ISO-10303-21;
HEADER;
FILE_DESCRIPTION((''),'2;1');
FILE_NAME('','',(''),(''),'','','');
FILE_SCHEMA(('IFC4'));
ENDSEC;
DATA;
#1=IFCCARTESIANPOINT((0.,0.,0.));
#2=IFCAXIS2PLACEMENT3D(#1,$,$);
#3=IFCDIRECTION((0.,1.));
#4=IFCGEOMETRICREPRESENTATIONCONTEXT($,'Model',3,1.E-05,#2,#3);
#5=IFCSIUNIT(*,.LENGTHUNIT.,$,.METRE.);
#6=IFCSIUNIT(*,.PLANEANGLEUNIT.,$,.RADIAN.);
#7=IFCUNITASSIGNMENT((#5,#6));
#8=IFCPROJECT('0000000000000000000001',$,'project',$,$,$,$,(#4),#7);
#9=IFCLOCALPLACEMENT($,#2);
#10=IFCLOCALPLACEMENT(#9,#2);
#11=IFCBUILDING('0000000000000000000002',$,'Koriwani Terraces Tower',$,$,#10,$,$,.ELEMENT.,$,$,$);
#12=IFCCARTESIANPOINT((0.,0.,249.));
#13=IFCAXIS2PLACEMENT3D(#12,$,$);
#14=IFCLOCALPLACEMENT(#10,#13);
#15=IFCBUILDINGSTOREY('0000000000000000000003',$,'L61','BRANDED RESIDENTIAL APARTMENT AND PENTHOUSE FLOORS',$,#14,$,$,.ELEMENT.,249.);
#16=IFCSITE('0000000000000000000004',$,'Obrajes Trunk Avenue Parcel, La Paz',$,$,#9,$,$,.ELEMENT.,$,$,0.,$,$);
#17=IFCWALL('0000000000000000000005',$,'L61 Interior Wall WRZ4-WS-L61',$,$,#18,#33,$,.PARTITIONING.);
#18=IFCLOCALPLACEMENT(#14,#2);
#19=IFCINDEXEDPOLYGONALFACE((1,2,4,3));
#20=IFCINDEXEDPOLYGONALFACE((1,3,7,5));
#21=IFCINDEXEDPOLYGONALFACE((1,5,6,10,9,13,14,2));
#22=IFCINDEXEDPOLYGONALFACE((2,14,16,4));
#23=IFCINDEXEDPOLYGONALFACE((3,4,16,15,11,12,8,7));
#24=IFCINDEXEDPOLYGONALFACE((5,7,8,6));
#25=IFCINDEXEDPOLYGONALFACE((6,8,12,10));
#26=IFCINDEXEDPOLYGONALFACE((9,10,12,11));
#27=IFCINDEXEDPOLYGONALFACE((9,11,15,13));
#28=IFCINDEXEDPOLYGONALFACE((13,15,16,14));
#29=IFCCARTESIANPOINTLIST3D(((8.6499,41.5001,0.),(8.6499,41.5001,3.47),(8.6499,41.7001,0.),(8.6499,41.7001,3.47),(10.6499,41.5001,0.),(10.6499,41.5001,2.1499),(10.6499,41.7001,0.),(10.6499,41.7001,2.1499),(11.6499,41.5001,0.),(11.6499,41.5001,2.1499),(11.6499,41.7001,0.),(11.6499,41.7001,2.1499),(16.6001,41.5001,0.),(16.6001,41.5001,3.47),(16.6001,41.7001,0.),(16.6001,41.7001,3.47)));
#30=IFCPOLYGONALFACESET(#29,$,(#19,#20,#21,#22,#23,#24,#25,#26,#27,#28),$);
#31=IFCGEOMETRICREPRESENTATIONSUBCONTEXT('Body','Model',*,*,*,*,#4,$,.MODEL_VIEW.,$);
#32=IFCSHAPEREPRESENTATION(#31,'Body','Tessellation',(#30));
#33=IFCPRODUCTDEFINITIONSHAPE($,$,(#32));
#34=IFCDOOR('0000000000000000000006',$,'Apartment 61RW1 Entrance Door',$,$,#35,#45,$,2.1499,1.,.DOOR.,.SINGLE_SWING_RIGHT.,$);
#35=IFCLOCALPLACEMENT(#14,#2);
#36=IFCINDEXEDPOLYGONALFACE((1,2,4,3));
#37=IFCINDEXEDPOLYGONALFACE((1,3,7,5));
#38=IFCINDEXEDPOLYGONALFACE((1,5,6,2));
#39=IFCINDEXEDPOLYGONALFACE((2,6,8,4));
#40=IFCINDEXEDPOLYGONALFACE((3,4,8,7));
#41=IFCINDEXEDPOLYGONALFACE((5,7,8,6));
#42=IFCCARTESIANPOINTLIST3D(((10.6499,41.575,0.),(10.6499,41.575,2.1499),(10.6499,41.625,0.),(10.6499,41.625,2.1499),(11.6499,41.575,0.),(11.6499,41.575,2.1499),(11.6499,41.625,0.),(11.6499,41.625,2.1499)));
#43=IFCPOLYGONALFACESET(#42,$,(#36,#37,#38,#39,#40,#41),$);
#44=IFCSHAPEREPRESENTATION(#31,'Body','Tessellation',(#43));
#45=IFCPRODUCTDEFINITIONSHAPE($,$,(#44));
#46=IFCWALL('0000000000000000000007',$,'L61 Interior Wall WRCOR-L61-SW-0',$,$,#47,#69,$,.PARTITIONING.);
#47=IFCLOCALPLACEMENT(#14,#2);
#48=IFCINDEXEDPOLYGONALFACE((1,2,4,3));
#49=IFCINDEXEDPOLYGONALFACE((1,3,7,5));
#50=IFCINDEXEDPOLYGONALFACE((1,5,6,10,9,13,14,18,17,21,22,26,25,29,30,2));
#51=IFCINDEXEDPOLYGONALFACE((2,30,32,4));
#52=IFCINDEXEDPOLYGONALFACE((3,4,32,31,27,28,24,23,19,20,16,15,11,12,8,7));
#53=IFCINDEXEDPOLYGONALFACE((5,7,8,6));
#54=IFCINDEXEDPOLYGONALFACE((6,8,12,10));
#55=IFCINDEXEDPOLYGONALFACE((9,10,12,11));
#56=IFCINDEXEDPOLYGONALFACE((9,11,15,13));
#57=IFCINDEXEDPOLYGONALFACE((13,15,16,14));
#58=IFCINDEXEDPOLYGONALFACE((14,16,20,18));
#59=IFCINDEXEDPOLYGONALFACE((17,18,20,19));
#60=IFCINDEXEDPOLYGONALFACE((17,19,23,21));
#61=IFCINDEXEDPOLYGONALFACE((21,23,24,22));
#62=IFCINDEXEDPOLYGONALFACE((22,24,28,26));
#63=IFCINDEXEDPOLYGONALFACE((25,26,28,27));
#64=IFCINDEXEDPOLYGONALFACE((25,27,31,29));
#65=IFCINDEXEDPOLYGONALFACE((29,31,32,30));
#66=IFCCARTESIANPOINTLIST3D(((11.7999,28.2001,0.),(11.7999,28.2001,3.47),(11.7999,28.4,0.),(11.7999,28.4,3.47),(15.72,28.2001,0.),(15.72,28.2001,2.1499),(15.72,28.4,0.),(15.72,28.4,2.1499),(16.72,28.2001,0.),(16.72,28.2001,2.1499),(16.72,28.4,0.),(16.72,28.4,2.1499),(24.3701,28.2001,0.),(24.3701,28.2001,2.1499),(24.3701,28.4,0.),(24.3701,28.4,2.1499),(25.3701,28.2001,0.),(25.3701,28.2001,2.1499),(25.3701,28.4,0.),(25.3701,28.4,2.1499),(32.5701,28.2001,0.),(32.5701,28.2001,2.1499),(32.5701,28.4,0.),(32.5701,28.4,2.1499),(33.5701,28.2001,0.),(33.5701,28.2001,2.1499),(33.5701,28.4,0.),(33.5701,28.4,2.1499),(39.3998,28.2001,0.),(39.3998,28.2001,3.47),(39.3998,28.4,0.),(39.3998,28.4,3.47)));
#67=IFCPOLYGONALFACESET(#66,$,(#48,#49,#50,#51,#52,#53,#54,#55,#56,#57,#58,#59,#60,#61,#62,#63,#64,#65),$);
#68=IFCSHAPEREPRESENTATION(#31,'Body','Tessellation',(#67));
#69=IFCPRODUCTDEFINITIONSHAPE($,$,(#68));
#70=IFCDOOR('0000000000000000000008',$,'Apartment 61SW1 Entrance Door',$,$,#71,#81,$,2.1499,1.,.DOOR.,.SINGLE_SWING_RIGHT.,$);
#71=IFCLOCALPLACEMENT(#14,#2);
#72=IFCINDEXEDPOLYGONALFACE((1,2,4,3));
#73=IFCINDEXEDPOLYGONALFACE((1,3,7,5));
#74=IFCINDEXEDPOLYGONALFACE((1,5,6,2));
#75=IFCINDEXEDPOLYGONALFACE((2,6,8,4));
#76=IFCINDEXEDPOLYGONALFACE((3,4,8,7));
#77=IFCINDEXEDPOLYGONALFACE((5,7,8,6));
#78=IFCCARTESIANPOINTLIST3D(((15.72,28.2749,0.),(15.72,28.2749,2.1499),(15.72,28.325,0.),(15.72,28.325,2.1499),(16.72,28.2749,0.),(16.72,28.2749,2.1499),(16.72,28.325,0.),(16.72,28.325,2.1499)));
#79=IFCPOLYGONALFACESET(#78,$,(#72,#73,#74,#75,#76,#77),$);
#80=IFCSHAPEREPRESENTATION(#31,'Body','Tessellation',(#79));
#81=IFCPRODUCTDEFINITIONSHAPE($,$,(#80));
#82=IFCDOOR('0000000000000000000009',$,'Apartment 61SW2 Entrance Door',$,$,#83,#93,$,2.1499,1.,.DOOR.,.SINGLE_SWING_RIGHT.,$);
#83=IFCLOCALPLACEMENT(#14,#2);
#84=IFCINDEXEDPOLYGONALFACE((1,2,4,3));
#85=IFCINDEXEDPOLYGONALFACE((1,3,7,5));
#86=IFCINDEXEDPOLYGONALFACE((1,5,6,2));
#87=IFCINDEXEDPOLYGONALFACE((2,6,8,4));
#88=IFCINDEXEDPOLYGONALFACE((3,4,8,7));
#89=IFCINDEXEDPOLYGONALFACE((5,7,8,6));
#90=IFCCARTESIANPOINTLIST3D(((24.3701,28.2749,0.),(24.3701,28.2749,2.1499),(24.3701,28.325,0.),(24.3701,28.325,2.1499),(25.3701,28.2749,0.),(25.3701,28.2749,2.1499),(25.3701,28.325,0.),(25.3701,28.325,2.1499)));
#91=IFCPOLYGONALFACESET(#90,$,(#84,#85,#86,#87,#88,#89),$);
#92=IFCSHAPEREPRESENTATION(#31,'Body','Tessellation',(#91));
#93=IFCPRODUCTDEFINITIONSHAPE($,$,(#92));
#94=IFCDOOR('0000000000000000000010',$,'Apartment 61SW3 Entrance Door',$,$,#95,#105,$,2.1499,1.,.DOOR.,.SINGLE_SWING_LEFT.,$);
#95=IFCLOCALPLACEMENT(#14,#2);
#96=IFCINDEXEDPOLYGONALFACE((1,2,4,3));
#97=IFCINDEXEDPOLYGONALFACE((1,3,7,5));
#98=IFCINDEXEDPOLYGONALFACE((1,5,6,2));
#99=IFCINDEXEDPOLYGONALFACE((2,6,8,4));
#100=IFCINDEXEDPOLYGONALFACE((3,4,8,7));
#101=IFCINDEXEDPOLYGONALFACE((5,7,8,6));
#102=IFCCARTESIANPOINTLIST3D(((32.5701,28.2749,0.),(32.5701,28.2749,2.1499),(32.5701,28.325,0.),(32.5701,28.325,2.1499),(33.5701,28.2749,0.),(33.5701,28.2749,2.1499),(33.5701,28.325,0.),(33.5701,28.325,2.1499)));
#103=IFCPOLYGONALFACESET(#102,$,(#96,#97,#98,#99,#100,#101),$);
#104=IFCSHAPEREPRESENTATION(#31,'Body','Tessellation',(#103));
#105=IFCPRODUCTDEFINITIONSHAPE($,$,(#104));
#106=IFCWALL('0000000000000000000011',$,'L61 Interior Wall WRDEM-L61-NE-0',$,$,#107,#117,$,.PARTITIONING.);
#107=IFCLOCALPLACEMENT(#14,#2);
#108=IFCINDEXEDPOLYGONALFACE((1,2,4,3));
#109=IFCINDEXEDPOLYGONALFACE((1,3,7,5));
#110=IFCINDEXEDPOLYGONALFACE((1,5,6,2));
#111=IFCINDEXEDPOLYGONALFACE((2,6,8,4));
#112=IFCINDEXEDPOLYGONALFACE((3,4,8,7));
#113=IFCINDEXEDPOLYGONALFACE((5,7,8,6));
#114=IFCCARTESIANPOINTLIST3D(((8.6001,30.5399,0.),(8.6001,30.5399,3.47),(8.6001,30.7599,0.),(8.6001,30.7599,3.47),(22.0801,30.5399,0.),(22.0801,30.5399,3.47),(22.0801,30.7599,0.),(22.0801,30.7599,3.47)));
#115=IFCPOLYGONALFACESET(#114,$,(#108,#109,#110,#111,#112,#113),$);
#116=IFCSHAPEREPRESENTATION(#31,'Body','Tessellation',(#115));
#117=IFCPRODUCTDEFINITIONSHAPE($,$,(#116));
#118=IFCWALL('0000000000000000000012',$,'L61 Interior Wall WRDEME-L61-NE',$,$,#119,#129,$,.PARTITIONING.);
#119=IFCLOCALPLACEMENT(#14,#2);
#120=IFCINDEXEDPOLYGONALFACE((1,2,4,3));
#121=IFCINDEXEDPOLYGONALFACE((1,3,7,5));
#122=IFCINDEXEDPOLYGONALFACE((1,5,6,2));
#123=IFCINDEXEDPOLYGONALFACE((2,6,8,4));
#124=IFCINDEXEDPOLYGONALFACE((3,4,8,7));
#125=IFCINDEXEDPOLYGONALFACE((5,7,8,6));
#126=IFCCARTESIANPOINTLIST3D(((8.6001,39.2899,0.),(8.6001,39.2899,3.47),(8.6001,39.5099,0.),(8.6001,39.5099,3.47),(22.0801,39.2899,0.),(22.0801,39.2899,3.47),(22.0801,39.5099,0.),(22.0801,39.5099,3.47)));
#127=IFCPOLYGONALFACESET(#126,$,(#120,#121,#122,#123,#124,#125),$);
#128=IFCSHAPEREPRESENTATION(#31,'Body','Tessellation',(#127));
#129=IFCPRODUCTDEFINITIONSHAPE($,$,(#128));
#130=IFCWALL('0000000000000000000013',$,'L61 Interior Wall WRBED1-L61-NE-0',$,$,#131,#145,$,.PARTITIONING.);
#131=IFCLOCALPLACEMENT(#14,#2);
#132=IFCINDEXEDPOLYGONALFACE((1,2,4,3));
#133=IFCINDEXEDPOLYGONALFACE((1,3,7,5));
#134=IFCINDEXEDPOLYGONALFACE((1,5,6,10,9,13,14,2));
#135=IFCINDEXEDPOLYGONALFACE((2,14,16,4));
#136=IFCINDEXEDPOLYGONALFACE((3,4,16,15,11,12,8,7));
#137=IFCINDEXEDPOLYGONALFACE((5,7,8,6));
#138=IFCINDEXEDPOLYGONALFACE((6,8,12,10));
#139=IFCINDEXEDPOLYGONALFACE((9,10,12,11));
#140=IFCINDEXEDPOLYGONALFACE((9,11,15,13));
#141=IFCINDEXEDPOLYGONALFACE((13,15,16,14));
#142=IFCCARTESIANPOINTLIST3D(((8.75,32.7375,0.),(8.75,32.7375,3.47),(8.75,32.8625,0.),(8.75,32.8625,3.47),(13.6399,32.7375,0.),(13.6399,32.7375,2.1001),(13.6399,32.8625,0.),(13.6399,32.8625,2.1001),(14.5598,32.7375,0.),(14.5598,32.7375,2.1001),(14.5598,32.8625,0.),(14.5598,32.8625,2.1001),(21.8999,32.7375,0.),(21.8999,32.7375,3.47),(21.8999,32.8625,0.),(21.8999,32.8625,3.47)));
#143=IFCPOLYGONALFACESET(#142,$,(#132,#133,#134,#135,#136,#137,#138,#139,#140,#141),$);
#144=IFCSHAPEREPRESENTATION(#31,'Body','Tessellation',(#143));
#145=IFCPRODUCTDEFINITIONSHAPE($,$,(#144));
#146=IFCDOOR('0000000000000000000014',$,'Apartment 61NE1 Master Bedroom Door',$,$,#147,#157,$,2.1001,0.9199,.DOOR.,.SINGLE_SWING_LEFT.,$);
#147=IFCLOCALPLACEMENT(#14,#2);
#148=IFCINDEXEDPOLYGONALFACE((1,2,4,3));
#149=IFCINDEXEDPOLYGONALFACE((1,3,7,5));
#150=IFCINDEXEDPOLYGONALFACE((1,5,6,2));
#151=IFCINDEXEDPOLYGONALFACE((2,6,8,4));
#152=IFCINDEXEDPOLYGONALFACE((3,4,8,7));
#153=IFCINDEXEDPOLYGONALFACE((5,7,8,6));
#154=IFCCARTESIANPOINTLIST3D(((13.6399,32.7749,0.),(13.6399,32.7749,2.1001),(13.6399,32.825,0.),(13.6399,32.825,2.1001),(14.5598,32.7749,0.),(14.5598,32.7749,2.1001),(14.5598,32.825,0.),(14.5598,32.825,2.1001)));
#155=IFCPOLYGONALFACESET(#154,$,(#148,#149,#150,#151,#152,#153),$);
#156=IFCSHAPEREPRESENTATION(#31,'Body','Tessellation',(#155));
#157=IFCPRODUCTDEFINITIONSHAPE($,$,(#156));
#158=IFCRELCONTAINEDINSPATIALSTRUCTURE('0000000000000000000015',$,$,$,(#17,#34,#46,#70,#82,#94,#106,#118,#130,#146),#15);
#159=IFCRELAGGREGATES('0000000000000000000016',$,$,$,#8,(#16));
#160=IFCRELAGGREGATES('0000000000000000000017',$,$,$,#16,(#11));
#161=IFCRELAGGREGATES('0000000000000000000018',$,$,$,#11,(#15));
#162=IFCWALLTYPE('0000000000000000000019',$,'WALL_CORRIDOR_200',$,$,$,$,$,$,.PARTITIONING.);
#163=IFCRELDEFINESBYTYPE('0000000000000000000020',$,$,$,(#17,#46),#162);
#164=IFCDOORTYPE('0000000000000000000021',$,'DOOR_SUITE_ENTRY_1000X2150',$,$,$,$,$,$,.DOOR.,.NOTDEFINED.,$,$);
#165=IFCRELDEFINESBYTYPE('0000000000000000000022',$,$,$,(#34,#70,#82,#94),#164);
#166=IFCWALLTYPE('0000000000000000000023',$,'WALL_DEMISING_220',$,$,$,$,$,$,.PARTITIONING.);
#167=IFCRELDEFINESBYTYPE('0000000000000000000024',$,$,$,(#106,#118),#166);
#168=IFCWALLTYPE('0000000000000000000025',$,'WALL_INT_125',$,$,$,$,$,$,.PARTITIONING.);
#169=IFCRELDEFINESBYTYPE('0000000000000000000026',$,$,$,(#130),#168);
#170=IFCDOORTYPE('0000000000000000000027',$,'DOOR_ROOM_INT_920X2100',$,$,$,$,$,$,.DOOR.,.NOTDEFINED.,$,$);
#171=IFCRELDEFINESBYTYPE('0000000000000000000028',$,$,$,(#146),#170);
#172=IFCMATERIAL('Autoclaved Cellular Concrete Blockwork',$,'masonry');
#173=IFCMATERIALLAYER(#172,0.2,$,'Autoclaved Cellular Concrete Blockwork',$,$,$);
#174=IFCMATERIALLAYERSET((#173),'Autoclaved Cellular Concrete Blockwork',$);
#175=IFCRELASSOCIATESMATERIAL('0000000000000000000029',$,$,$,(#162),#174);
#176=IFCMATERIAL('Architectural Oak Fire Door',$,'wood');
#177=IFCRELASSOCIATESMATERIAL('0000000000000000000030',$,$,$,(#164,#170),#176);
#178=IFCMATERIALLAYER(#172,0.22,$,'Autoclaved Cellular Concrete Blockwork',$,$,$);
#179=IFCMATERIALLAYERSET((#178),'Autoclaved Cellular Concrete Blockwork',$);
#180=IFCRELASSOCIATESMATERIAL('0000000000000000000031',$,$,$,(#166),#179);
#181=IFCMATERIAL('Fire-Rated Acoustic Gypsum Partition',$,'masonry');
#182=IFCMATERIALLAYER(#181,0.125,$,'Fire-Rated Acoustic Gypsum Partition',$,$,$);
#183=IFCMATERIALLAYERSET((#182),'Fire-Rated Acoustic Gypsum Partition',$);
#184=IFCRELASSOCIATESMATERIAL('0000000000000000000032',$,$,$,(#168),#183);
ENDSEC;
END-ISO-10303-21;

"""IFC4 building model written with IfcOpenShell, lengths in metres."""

from ifc_helpers import new_model, si_unit, direction, frame, frame_2d, origin, place, context, subcontext, project, spatial, rectangle, extrude, material, layer, layer_set, type_object, element, fill, save


model = new_model("IFC4")

# Units and contexts
model_context = context("Model", 3, precision=1e-05, world=origin(), true_north=direction((0.0, 1.0)))
body_context = subcontext(model_context, "Body", "Model", "MODEL_VIEW")
ifc_project = project(units=[si_unit("LENGTHUNIT", "METRE"), si_unit("PLANEANGLEUNIT", "RADIAN")], contexts=[model_context])

# Site, building, storey
site_placement = place(None, origin())
site = spatial("IfcSite", under=ifc_project, at=site_placement, Name="Obrajes Trunk Avenue Parcel, La Paz", CompositionType="ELEMENT", RefElevation=0.0)
building_placement = place(site_placement, origin())
building = spatial("IfcBuilding", under=site, at=building_placement, Name="Koriwani Terraces Tower", CompositionType="ELEMENT")
storey_placement = place(building_placement, frame((0.0, 0.0, 249.0)))
storey = spatial("IfcBuildingStorey", under=building, at=storey_placement, Name="L61", Description="BRANDED RESIDENTIAL APARTMENT AND PENTHOUSE FLOORS", CompositionType="ELEMENT", Elevation=249.0)

# Wall, opening, door
ifc_material_1 = material(Name="Autoclaved Cellular Concrete Blockwork", Category="masonry")
ifc_layer_1 = layer(ifc_material_1, 0.2, Name="Autoclaved Cellular Concrete Blockwork")
ifc_layer_set_1 = layer_set([ifc_layer_1], Name="Autoclaved Cellular Concrete Blockwork")
wall_type_1 = type_object("IfcWallType", Name="WALL_CORRIDOR_200", PredefinedType="PARTITIONING", material=ifc_layer_set_1)
wall_1_placement = place(storey_placement, frame((8.6499, 41.6001, 0.0), z_axis=(0.0, 0.0, 1.0), x_axis=(1.0, 0.0, 0.0)))
wall_1 = element("IfcWall", 1, at=wall_1_placement, inside=storey, type_object=wall_type_1, Name="L61 Interior Wall WRZ4-WS-L61", PredefinedType="PARTITIONING", context=body_context, shape_type="SweptSolid", body=[
    extrude(rectangle(XDim=7.9502, YDim=0.2, at=frame_2d((3.9751, 0.0))), origin(), (0.0, 0.0, 1.0), 3.47),
])
opening_1_placement = place(wall_1_placement, frame((2.0, 0.0, 0.0)))
opening_1 = element("IfcOpeningElement", 2, at=opening_1_placement, cuts=wall_1, PredefinedType="OPENING", context=body_context, shape_type="SweptSolid", body=[
    extrude(rectangle(XDim=1.0, YDim=2.1499, at=frame_2d((0.5, 1.075))), frame((0.0, 0.1099, 0.0), z_axis=(0.0, -1.0, 0.0), x_axis=(1.0, 0.0, 0.0)), (0.0, 0.0, 1.0), 0.22),
])
ifc_material_2 = material(Name="Architectural Oak Fire Door", Category="wood")
door_type_1 = type_object("IfcDoorType", Name="DOOR_SUITE_ENTRY_1000X2150", OperationType="NOTDEFINED", PredefinedType="DOOR", material=ifc_material_2)
door_1_placement = place(opening_1_placement, origin())
door_1 = element("IfcDoor", 3, at=door_1_placement, inside=storey, type_object=door_type_1, Name="Apartment 61RW1 Entrance Door", OperationType="SINGLE_SWING_RIGHT", OverallHeight=2.1499, OverallWidth=1.0, PredefinedType="DOOR", context=body_context, shape_type="SweptSolid", body=[
    extrude(rectangle(XDim=1.0, YDim=2.1499, at=frame_2d((0.5, 1.075))), frame((0.0, 0.0249, 0.0), z_axis=(0.0, -1.0, 0.0), x_axis=(1.0, 0.0, 0.0)), (0.0, 0.0, 1.0), 0.05),
])
fill(opening_1, door_1)

# Wall, openings, doors
wall_2_placement = place(storey_placement, frame((11.8, 28.3, 0.0), z_axis=(0.0, 0.0, 1.0), x_axis=(1.0, 0.0, 0.0)))
wall_2 = element("IfcWall", 4, at=wall_2_placement, inside=storey, type_object=wall_type_1, Name="L61 Interior Wall WRCOR-L61-SW-0", PredefinedType="PARTITIONING", context=body_context, shape_type="SweptSolid", body=[
    extrude(rectangle(XDim=27.5999, YDim=0.2, at=frame_2d((13.7998, 0.0))), origin(), (0.0, 0.0, 1.0), 3.47),
])
opening_2_placement = place(wall_2_placement, frame((3.9199, 0.0, 0.0)))
opening_2 = element("IfcOpeningElement", 5, at=opening_2_placement, cuts=wall_2, PredefinedType="OPENING", context=body_context, shape_type="SweptSolid", body=[
    extrude(rectangle(XDim=1.0, YDim=2.1499, at=frame_2d((0.5, 1.075))), frame((0.0, 0.1099, 0.0), z_axis=(0.0, -1.0, 0.0), x_axis=(1.0, 0.0, 0.0)), (0.0, 0.0, 1.0), 0.22),
])
opening_3_placement = place(wall_2_placement, frame((12.5701, 0.0, 0.0)))
opening_3 = element("IfcOpeningElement", 6, at=opening_3_placement, cuts=wall_2, PredefinedType="OPENING", context=body_context, shape_type="SweptSolid", body=[
    extrude(rectangle(XDim=1.0, YDim=2.1499, at=frame_2d((0.5, 1.075))), frame((0.0, 0.1099, 0.0), z_axis=(0.0, -1.0, 0.0), x_axis=(1.0, 0.0, 0.0)), (0.0, 0.0, 1.0), 0.22),
])
opening_4_placement = place(wall_2_placement, frame((20.77, 0.0, 0.0)))
opening_4 = element("IfcOpeningElement", 7, at=opening_4_placement, cuts=wall_2, PredefinedType="OPENING", context=body_context, shape_type="SweptSolid", body=[
    extrude(rectangle(XDim=1.0, YDim=2.1499, at=frame_2d((0.5, 1.075))), frame((0.0, 0.1099, 0.0), z_axis=(0.0, -1.0, 0.0), x_axis=(1.0, 0.0, 0.0)), (0.0, 0.0, 1.0), 0.22),
])
door_2_placement = place(opening_2_placement, origin())
door_2 = element("IfcDoor", 8, at=door_2_placement, inside=storey, type_object=door_type_1, Name="Apartment 61SW1 Entrance Door", OperationType="SINGLE_SWING_RIGHT", OverallHeight=2.1499, OverallWidth=1.0, PredefinedType="DOOR", context=body_context, shape_type="SweptSolid", body=[
    extrude(rectangle(XDim=1.0, YDim=2.1499, at=frame_2d((0.5, 1.075))), frame((0.0, 0.0249, 0.0), z_axis=(0.0, -1.0, 0.0), x_axis=(1.0, 0.0, 0.0)), (0.0, 0.0, 1.0), 0.05),
])
fill(opening_2, door_2)
door_3_placement = place(opening_3_placement, origin())
door_3 = element("IfcDoor", 9, at=door_3_placement, inside=storey, type_object=door_type_1, Name="Apartment 61SW2 Entrance Door", OperationType="SINGLE_SWING_RIGHT", OverallHeight=2.1499, OverallWidth=1.0, PredefinedType="DOOR", context=body_context, shape_type="SweptSolid", body=[
    extrude(rectangle(XDim=1.0, YDim=2.1499, at=frame_2d((0.5, 1.075))), frame((0.0, 0.0249, 0.0), z_axis=(0.0, -1.0, 0.0), x_axis=(1.0, 0.0, 0.0)), (0.0, 0.0, 1.0), 0.05),
])
fill(opening_3, door_3)
door_4_placement = place(opening_4_placement, origin())
door_4 = element("IfcDoor", 10, at=door_4_placement, inside=storey, type_object=door_type_1, Name="Apartment 61SW3 Entrance Door", OperationType="SINGLE_SWING_LEFT", OverallHeight=2.1499, OverallWidth=1.0, PredefinedType="DOOR", context=body_context, shape_type="SweptSolid", body=[
    extrude(rectangle(XDim=1.0, YDim=2.1499, at=frame_2d((0.5, 1.075))), frame((0.0, 0.0249, 0.0), z_axis=(0.0, -1.0, 0.0), x_axis=(1.0, 0.0, 0.0)), (0.0, 0.0, 1.0), 0.05),
])
fill(opening_4, door_4)

# Walls
ifc_layer_2 = layer(ifc_material_1, 0.22, Name="Autoclaved Cellular Concrete Blockwork")
ifc_layer_set_2 = layer_set([ifc_layer_2], Name="Autoclaved Cellular Concrete Blockwork")
wall_type_2 = type_object("IfcWallType", Name="WALL_DEMISING_220", PredefinedType="PARTITIONING", material=ifc_layer_set_2)
for number, where, z_axis, x_axis, name in (
    (11, (8.6001, 30.6499, 0.0), (0.0, 0.0, 1.0), (1.0, 0.0, 0.0), "L61 Interior Wall WRDEM-L61-NE-0"),
    (12, (8.6001, 39.3999, 0.0), (0.0, 0.0, 1.0), (1.0, 0.0, 0.0), "L61 Interior Wall WRDEME-L61-NE"),
):
    element("IfcWall", number, at=place(storey_placement, frame(where, z_axis=z_axis, x_axis=x_axis)), inside=storey, type_object=wall_type_2, Name=name, PredefinedType="PARTITIONING", context=body_context, shape_type="SweptSolid", body=[
        extrude(rectangle(XDim=13.48, YDim=0.22, at=frame_2d((6.74, 0.0))), origin(), (0.0, 0.0, 1.0), 3.47),
    ])

# Wall, opening, door
ifc_material_3 = material(Name="Fire-Rated Acoustic Gypsum Partition", Category="masonry")
ifc_layer_3 = layer(ifc_material_3, 0.125, Name="Fire-Rated Acoustic Gypsum Partition")
ifc_layer_set_3 = layer_set([ifc_layer_3], Name="Fire-Rated Acoustic Gypsum Partition")
wall_type_3 = type_object("IfcWallType", Name="WALL_INT_125", PredefinedType="PARTITIONING", material=ifc_layer_set_3)
wall_3_placement = place(storey_placement, frame((8.75, 32.8, 0.0), z_axis=(0.0, 0.0, 1.0), x_axis=(1.0, 0.0, 0.0)))
wall_3 = element("IfcWall", 13, at=wall_3_placement, inside=storey, type_object=wall_type_3, Name="L61 Interior Wall WRBED1-L61-NE-0", PredefinedType="PARTITIONING", context=body_context, shape_type="SweptSolid", body=[
    extrude(rectangle(XDim=13.1499, YDim=0.125, at=frame_2d((6.575, 0.0))), origin(), (0.0, 0.0, 1.0), 3.47),
])
opening_5_placement = place(wall_3_placement, frame((4.8899, 0.0, 0.0)))
opening_5 = element("IfcOpeningElement", 14, at=opening_5_placement, cuts=wall_3, PredefinedType="OPENING", context=body_context, shape_type="SweptSolid", body=[
    extrude(rectangle(XDim=0.9199, YDim=2.1001, at=frame_2d((0.46, 1.05))), frame((0.0, 0.0725, 0.0), z_axis=(0.0, -1.0, 0.0), x_axis=(1.0, 0.0, 0.0)), (0.0, 0.0, 1.0), 0.145),
])
door_type_2 = type_object("IfcDoorType", Name="DOOR_ROOM_INT_920X2100", OperationType="NOTDEFINED", PredefinedType="DOOR", material=ifc_material_2)
door_5_placement = place(opening_5_placement, origin())
door_5 = element("IfcDoor", 15, at=door_5_placement, inside=storey, type_object=door_type_2, Name="Apartment 61NE1 Master Bedroom Door", OperationType="SINGLE_SWING_LEFT", OverallHeight=2.1001, OverallWidth=0.9199, PredefinedType="DOOR", context=body_context, shape_type="SweptSolid", body=[
    extrude(rectangle(XDim=0.9199, YDim=2.1001, at=frame_2d((0.46, 1.05))), frame((0.0, 0.0249, 0.0), z_axis=(0.0, -1.0, 0.0), x_axis=(1.0, 0.0, 0.0)), (0.0, 0.0, 1.0), 0.05),
])
fill(opening_5, door_5)

save(model, "model.ifc")
